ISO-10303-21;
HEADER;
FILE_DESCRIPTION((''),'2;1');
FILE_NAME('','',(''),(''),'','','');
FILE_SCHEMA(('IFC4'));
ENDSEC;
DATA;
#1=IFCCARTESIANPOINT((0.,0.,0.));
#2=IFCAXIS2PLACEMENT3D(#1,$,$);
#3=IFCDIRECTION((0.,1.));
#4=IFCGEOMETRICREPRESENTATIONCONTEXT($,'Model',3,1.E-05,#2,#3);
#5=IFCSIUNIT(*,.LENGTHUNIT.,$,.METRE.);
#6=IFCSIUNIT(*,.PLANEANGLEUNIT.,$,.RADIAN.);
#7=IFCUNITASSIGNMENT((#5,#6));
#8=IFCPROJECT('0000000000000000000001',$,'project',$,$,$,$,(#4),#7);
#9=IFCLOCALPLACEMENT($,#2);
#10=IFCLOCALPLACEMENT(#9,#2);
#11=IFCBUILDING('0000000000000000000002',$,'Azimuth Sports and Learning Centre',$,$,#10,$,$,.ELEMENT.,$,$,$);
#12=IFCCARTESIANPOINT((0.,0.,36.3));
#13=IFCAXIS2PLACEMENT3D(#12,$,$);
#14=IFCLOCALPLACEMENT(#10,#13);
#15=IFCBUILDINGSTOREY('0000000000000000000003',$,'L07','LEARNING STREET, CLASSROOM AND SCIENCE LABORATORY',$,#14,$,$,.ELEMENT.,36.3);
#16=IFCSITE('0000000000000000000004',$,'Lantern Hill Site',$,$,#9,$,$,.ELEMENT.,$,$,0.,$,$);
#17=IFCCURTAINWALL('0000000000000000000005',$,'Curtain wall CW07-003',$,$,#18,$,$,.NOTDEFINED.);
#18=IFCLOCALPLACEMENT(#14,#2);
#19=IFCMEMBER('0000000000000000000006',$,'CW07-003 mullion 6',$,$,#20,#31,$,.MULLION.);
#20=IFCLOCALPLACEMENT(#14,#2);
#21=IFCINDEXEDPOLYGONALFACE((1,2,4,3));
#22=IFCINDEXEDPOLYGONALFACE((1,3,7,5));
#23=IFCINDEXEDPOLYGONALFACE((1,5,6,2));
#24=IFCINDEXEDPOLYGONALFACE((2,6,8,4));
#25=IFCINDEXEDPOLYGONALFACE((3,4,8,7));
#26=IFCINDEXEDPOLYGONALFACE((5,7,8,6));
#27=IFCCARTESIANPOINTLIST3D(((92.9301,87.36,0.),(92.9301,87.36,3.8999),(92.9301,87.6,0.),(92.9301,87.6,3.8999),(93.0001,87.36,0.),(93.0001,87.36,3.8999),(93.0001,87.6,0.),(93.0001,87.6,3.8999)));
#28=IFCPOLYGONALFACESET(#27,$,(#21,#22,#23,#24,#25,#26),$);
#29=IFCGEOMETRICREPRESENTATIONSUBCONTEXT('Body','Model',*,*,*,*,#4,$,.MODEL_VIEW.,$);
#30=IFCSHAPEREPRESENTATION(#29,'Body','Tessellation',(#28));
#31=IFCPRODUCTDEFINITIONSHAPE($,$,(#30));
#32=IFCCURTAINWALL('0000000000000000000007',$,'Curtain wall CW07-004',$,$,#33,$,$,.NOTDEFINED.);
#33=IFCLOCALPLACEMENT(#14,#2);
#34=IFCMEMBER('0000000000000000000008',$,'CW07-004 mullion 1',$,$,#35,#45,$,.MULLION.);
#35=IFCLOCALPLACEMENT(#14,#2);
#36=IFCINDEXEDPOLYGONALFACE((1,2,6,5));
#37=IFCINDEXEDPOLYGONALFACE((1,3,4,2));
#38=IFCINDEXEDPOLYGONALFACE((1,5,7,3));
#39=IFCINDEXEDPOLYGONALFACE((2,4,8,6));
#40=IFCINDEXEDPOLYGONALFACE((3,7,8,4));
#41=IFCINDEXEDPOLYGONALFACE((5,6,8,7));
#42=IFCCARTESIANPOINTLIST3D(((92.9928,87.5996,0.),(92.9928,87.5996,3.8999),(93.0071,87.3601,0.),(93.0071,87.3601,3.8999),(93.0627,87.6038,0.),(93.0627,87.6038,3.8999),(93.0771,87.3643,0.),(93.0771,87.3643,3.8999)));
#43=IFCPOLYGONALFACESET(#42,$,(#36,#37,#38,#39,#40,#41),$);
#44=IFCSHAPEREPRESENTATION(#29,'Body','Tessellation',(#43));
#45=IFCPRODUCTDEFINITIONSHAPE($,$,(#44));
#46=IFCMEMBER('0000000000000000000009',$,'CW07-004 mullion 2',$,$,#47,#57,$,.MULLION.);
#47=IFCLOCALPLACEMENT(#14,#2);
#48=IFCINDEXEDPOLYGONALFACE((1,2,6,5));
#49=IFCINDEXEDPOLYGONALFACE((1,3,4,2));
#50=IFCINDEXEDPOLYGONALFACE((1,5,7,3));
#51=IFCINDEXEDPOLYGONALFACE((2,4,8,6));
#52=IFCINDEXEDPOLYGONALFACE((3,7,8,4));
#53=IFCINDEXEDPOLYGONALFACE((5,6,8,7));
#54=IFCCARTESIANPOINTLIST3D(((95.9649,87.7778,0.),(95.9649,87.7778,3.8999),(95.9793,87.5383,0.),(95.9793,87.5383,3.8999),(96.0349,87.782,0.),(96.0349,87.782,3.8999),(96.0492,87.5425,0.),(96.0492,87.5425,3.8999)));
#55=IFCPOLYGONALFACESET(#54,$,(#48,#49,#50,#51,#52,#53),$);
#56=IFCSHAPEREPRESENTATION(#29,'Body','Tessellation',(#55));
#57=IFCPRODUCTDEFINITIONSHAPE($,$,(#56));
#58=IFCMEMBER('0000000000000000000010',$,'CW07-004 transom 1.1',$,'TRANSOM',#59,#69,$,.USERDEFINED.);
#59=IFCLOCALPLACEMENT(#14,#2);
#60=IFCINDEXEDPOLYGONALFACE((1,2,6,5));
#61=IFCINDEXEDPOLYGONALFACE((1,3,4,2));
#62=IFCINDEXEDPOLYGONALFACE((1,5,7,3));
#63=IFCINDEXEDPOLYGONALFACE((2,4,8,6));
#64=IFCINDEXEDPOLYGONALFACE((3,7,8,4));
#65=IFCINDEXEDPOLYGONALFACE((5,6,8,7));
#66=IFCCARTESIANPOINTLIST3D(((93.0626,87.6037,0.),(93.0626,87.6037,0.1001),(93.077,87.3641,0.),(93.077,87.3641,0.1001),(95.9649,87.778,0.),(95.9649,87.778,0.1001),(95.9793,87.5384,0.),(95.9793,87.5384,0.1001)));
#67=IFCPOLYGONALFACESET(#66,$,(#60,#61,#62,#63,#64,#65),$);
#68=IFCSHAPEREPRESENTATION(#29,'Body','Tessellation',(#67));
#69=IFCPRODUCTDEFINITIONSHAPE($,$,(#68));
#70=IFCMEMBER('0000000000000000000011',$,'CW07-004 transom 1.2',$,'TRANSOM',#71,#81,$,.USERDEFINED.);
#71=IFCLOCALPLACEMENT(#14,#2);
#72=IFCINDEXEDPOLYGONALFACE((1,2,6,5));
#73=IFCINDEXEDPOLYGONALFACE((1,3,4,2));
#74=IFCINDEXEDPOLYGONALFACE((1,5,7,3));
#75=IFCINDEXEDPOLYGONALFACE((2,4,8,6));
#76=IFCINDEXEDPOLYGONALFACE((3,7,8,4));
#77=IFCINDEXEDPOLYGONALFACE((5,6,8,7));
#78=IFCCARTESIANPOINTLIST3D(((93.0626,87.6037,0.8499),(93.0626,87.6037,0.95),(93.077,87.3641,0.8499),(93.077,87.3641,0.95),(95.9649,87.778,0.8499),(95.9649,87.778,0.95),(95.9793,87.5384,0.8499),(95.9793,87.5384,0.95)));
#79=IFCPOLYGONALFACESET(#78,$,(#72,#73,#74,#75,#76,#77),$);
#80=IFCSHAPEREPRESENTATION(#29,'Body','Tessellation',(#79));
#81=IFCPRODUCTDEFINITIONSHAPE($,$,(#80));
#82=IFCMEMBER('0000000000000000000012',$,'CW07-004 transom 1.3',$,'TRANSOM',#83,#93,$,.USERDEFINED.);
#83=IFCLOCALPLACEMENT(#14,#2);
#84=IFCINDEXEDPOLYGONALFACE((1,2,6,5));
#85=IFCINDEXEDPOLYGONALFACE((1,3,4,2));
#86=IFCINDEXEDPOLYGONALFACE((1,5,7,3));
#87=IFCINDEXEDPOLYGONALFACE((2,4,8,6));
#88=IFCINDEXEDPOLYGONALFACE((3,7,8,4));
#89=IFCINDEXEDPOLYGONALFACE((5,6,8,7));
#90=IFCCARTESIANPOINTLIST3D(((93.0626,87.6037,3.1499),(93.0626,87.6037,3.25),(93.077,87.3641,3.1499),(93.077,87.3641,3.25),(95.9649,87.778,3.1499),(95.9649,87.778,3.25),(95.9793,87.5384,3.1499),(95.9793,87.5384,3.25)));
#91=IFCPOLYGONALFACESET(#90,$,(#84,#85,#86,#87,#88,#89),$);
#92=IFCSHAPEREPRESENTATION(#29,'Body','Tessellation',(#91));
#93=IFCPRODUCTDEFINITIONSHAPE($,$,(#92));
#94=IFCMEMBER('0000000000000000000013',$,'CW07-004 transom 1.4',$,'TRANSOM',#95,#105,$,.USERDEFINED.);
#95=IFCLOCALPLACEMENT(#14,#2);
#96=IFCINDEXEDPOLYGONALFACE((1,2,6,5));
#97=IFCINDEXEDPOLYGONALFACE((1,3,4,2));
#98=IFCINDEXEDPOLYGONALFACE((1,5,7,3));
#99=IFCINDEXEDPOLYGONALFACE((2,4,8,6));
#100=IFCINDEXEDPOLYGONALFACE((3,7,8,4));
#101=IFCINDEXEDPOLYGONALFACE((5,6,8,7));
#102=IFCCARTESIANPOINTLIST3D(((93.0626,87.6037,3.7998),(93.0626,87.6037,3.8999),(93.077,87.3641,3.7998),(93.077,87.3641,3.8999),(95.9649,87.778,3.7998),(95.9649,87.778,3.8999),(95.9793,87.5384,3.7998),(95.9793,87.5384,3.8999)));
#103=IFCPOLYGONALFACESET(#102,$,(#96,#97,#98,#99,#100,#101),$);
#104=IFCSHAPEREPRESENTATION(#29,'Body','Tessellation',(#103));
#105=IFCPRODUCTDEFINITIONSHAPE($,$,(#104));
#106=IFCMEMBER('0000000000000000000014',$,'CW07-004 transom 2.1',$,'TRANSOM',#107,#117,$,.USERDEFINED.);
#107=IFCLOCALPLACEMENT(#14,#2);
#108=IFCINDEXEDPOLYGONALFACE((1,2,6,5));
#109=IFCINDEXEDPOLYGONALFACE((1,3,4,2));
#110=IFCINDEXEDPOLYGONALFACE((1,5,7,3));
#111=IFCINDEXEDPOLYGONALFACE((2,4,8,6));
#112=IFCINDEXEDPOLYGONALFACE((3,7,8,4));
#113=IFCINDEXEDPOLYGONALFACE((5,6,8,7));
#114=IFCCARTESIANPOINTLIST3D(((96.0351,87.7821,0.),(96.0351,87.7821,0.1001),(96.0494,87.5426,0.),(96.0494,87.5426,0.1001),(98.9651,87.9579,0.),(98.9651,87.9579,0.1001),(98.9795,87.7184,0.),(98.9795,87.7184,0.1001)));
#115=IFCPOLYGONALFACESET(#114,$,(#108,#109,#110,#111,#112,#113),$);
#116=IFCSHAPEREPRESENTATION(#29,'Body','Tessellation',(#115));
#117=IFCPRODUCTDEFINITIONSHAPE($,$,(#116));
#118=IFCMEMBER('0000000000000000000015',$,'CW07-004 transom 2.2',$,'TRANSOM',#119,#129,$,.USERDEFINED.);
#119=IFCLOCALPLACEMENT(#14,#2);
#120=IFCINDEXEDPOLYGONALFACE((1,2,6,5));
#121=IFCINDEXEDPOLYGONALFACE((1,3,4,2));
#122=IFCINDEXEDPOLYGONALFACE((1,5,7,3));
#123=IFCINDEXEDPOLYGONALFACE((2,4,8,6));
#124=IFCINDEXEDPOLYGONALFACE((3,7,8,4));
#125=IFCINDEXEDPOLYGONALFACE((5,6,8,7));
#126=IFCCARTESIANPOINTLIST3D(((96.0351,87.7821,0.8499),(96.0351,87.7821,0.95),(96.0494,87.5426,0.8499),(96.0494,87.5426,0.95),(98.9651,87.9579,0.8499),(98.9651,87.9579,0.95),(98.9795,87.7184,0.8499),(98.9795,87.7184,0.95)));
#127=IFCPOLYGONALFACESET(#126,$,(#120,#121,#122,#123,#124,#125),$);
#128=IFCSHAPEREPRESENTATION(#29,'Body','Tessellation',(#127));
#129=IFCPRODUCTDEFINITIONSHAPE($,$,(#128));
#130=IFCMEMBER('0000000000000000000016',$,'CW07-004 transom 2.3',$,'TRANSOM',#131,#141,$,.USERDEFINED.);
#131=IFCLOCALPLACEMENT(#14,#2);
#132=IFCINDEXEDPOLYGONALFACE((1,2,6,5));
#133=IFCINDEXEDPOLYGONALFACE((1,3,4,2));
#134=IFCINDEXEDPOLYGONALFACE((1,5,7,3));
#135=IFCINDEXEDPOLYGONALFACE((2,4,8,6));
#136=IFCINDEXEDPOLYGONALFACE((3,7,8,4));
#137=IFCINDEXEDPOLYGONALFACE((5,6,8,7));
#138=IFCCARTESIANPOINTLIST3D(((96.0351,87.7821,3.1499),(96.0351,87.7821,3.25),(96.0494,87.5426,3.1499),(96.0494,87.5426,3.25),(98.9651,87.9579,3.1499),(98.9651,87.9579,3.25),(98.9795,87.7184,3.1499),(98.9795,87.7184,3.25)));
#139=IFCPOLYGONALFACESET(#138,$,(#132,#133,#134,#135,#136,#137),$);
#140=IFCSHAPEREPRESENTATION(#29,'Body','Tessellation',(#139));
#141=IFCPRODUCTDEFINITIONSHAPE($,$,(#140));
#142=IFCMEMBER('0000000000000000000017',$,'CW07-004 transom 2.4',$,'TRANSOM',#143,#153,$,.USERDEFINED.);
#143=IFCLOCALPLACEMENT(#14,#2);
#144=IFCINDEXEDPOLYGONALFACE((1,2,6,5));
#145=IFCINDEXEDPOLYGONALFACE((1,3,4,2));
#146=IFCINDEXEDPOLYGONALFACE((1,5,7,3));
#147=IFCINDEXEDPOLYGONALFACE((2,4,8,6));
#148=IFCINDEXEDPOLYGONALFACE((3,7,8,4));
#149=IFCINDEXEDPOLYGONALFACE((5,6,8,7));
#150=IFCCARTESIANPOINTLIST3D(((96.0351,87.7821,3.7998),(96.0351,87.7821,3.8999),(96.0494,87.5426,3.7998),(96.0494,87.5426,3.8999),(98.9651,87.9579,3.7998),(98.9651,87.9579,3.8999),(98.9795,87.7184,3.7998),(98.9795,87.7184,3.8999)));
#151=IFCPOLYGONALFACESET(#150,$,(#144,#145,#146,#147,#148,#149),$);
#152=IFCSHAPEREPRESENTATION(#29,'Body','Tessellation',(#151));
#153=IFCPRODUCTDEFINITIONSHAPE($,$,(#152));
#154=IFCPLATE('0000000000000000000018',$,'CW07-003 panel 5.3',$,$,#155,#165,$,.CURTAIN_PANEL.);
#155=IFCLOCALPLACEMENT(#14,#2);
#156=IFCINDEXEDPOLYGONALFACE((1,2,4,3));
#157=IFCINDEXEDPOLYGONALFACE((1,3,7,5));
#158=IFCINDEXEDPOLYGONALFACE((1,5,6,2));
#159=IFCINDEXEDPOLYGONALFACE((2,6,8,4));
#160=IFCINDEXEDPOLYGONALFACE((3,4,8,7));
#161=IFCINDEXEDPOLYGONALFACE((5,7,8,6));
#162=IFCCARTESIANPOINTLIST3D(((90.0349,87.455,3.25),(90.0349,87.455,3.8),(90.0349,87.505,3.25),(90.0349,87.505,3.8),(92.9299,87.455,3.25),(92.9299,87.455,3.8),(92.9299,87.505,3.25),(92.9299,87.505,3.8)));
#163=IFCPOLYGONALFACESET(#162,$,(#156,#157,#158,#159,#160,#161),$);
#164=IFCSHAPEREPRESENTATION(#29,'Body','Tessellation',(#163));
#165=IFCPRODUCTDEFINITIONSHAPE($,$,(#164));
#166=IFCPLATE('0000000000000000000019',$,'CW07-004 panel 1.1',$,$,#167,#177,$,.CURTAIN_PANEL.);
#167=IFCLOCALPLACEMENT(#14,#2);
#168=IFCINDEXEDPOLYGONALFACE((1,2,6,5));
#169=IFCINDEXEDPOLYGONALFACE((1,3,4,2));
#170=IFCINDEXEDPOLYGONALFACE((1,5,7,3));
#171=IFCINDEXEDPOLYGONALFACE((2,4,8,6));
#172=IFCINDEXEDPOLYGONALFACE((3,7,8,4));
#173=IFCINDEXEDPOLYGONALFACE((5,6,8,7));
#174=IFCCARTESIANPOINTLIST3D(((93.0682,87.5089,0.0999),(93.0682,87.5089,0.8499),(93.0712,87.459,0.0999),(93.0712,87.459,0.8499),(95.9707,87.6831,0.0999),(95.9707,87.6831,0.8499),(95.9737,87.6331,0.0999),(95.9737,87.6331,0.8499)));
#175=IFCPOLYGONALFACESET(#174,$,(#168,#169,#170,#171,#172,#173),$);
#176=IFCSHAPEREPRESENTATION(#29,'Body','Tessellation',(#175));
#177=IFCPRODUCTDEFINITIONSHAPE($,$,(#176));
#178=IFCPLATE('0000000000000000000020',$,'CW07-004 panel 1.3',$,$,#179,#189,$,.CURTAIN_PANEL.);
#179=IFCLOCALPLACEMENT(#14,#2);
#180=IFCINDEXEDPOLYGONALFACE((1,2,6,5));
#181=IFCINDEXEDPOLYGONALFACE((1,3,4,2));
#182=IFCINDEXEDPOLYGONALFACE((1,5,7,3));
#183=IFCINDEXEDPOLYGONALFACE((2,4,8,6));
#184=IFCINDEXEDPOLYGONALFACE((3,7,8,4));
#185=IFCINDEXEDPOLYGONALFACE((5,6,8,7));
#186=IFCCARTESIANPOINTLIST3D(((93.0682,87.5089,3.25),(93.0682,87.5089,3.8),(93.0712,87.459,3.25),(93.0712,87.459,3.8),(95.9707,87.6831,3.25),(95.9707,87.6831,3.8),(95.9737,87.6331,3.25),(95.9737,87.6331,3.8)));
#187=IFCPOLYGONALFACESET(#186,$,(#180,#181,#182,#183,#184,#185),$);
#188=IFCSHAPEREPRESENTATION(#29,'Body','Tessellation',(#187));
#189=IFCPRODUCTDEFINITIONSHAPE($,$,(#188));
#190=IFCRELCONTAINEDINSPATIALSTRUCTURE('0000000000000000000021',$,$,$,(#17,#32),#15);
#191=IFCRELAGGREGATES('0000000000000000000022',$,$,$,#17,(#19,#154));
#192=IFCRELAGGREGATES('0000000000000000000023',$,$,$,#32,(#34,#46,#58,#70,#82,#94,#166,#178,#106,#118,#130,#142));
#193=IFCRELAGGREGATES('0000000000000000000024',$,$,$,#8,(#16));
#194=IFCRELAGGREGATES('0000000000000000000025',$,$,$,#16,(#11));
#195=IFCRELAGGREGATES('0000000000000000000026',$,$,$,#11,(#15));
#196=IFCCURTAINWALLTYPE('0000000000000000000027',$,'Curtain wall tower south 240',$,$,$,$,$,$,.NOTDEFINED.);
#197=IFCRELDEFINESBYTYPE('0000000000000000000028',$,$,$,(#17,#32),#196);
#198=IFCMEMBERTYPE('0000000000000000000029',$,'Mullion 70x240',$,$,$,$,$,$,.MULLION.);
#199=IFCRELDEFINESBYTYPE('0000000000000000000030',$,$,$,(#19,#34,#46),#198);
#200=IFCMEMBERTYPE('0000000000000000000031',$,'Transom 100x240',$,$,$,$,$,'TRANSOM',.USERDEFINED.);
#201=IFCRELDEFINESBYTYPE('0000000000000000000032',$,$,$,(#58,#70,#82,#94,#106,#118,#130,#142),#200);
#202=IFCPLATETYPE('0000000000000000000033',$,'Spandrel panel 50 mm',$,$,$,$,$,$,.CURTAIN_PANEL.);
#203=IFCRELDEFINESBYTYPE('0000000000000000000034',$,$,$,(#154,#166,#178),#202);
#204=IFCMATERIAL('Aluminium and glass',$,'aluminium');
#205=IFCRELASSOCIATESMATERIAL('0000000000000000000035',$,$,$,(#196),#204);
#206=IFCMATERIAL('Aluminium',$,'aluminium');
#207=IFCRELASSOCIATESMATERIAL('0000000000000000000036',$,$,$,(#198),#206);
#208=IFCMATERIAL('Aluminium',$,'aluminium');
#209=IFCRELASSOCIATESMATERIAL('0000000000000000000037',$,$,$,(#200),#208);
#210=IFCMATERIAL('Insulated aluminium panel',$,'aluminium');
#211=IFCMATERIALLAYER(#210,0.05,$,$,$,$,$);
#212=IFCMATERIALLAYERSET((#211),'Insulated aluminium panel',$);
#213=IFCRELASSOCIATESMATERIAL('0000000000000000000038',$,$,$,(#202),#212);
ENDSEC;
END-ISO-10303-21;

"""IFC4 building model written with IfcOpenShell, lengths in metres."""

from ifc_helpers import new_model, si_unit, direction, frame, origin, origin_2d, place, context, subcontext, project, spatial, rectangle, extrude, material, layer, layer_set, material_profile, profile_set, type_object, element, aggregate, save


model = new_model("IFC4")

# Units and contexts
model_context = context("Model", 3, precision=1e-05, world=origin(), true_north=direction((0.0, 1.0)))
body_context = subcontext(model_context, "Body", "Model", "MODEL_VIEW")
ifc_project = project(units=[si_unit("LENGTHUNIT", "METRE"), si_unit("PLANEANGLEUNIT", "RADIAN")], contexts=[model_context])

# Site, building, storey
site_placement = place(None, origin())
site = spatial("IfcSite", under=ifc_project, at=site_placement, Name="Lantern Hill Site", CompositionType="ELEMENT", RefElevation=0.0)
building_placement = place(site_placement, origin())
building = spatial("IfcBuilding", under=site, at=building_placement, Name="Azimuth Sports and Learning Centre", CompositionType="ELEMENT")
storey_placement = place(building_placement, frame((0.0, 0.0, 36.3)))
storey = spatial("IfcBuildingStorey", under=building, at=storey_placement, Name="L07", Description="LEARNING STREET, CLASSROOM AND SCIENCE LABORATORY", CompositionType="ELEMENT", Elevation=36.3)

# Curtain wall, member
ifc_material_1 = material(Name="Aluminium and glass", Category="aluminium")
curtain_wall_type = type_object("IfcCurtainWallType", Name="Curtain wall tower south 240", PredefinedType="NOTDEFINED", material=ifc_material_1)
curtain_wall_1_placement = place(storey_placement, origin())
curtain_wall_1 = element("IfcCurtainWall", 1, at=curtain_wall_1_placement, inside=storey, type_object=curtain_wall_type, Name="Curtain wall CW07-003", PredefinedType="NOTDEFINED")
ifc_material_2 = material(Name="Aluminium", Category="aluminium")
ifc_material_profile_1 = material_profile(ifc_material_2, rectangle(XDim=0.24, YDim=0.0701, at=origin_2d()), Name="Mullion 70x240")
ifc_profile_set_1 = profile_set([ifc_material_profile_1], Name="Aluminium")
member_type_1 = type_object("IfcMemberType", Name="Mullion 70x240", PredefinedType="MULLION", material=ifc_profile_set_1)
member_1_placement = place(storey_placement, frame((92.9651, 87.48, 0.0), z_axis=(0.0, 0.0, 1.0), x_axis=(0.0, 1.0, 0.0)))
member_1 = element("IfcMember", 2, at=member_1_placement, type_object=member_type_1, Name="CW07-003 mullion 6", PredefinedType="MULLION", context=body_context, shape_type="SweptSolid", body=[
    extrude(rectangle(XDim=0.24, YDim=0.0701, at=origin_2d()), origin(), (0.0, 0.0, 1.0), 3.8999),
])

# Curtain wall, members
curtain_wall_2_placement = place(storey_placement, origin())
curtain_wall_2 = element("IfcCurtainWall", 3, at=curtain_wall_2_placement, inside=storey, type_object=curtain_wall_type, Name="Curtain wall CW07-004", PredefinedType="NOTDEFINED")
member_2_placement = place(storey_placement, frame((93.0349, 87.4819, 0.0), z_axis=(0.0, 0.0, 1.0), x_axis=(-0.059892, 0.998205, 0.0)))
member_2 = element("IfcMember", 4, at=member_2_placement, type_object=member_type_1, Name="CW07-004 mullion 1", PredefinedType="MULLION", context=body_context, shape_type="SweptSolid", body=[
    extrude(rectangle(XDim=0.24, YDim=0.0701, at=origin_2d()), origin(), (0.0, 0.0, 1.0), 3.8999),
])
member_3_placement = place(storey_placement, frame((96.0071, 87.6602, 0.0), z_axis=(0.0, 0.0, 1.0), x_axis=(-0.059892, 0.998205, 0.0)))
member_3 = element("IfcMember", 5, at=member_3_placement, type_object=member_type_1, Name="CW07-004 mullion 2", PredefinedType="MULLION", context=body_context, shape_type="SweptSolid", body=[
    extrude(rectangle(XDim=0.24, YDim=0.0701, at=origin_2d()), origin(), (0.0, 0.0, 1.0), 3.8999),
])
ifc_material_3 = material(Name="Aluminium", Category="aluminium")
ifc_material_profile_2 = material_profile(ifc_material_3, rectangle(XDim=0.24, YDim=0.1001, at=origin_2d()), Name="Transom 100x240")
ifc_profile_set_2 = profile_set([ifc_material_profile_2], Name="Aluminium")
member_type_2 = type_object("IfcMemberType", Name="Transom 100x240", ElementType="TRANSOM", PredefinedType="USERDEFINED", material=ifc_profile_set_2)
member_4_placement = place(storey_placement, frame((93.0698, 87.4839, 0.05), z_axis=(0.998201, 0.059953, 0.0), x_axis=(-0.059953, 0.998201, 0.0)))
member_4 = element("IfcMember", 6, at=member_4_placement, type_object=member_type_2, Name="CW07-004 transom 1.1", ObjectType="TRANSOM", PredefinedType="USERDEFINED", context=body_context, shape_type="SweptSolid", body=[
    extrude(rectangle(XDim=0.24, YDim=0.1001, at=origin_2d()), origin(), (0.0, 0.0, 1.0), 2.9075),
])
member_5_placement = place(storey_placement, frame((93.0698, 87.4839, 0.8999), z_axis=(0.998201, 0.059953, 0.0), x_axis=(-0.059953, 0.998201, 0.0)))
member_5 = element("IfcMember", 7, at=member_5_placement, type_object=member_type_2, Name="CW07-004 transom 1.2", ObjectType="TRANSOM", PredefinedType="USERDEFINED", context=body_context, shape_type="SweptSolid", body=[
    extrude(rectangle(XDim=0.24, YDim=0.1001, at=origin_2d()), origin(), (0.0, 0.0, 1.0), 2.9075),
])
member_6_placement = place(storey_placement, frame((93.0698, 87.4839, 3.2), z_axis=(0.998201, 0.059953, 0.0), x_axis=(-0.059953, 0.998201, 0.0)))
member_6 = element("IfcMember", 8, at=member_6_placement, type_object=member_type_2, Name="CW07-004 transom 1.3", ObjectType="TRANSOM", PredefinedType="USERDEFINED", context=body_context, shape_type="SweptSolid", body=[
    extrude(rectangle(XDim=0.24, YDim=0.1001, at=origin_2d()), origin(), (0.0, 0.0, 1.0), 2.9075),
])
member_7_placement = place(storey_placement, frame((93.0698, 87.4839, 3.8499), z_axis=(0.998201, 0.059953, 0.0), x_axis=(-0.059953, 0.998201, 0.0)))
member_7 = element("IfcMember", 9, at=member_7_placement, type_object=member_type_2, Name="CW07-004 transom 1.4", ObjectType="TRANSOM", PredefinedType="USERDEFINED", context=body_context, shape_type="SweptSolid", body=[
    extrude(rectangle(XDim=0.24, YDim=0.1001, at=origin_2d()), origin(), (0.0, 0.0, 1.0), 2.9075),
])
member_8_placement = place(storey_placement, frame((96.0422, 87.6624, 0.05), z_axis=(0.998205, 0.059887, 0.0), x_axis=(-0.059887, 0.998205, 0.0)))
member_8 = element("IfcMember", 10, at=member_8_placement, type_object=member_type_2, Name="CW07-004 transom 2.1", ObjectType="TRANSOM", PredefinedType="USERDEFINED", context=body_context, shape_type="SweptSolid", body=[
    extrude(rectangle(XDim=0.24, YDim=0.1001, at=origin_2d()), origin(), (0.0, 0.0, 1.0), 2.9353),
])
member_9_placement = place(storey_placement, frame((96.0422, 87.6624, 0.8999), z_axis=(0.998205, 0.059887, 0.0), x_axis=(-0.059887, 0.998205, 0.0)))
member_9 = element("IfcMember", 11, at=member_9_placement, type_object=member_type_2, Name="CW07-004 transom 2.2", ObjectType="TRANSOM", PredefinedType="USERDEFINED", context=body_context, shape_type="SweptSolid", body=[
    extrude(rectangle(XDim=0.24, YDim=0.1001, at=origin_2d()), origin(), (0.0, 0.0, 1.0), 2.9353),
])
member_10_placement = place(storey_placement, frame((96.0422, 87.6624, 3.2), z_axis=(0.998205, 0.059887, 0.0), x_axis=(-0.059887, 0.998205, 0.0)))
member_10 = element("IfcMember", 12, at=member_10_placement, type_object=member_type_2, Name="CW07-004 transom 2.3", ObjectType="TRANSOM", PredefinedType="USERDEFINED", context=body_context, shape_type="SweptSolid", body=[
    extrude(rectangle(XDim=0.24, YDim=0.1001, at=origin_2d()), origin(), (0.0, 0.0, 1.0), 2.9353),
])
member_11_placement = place(storey_placement, frame((96.0422, 87.6624, 3.8499), z_axis=(0.998205, 0.059887, 0.0), x_axis=(-0.059887, 0.998205, 0.0)))
member_11 = element("IfcMember", 13, at=member_11_placement, type_object=member_type_2, Name="CW07-004 transom 2.4", ObjectType="TRANSOM", PredefinedType="USERDEFINED", context=body_context, shape_type="SweptSolid", body=[
    extrude(rectangle(XDim=0.24, YDim=0.1001, at=origin_2d()), origin(), (0.0, 0.0, 1.0), 2.9353),
])

# Plates
ifc_material_4 = material(Name="Insulated aluminium panel", Category="aluminium")
ifc_layer_1 = layer(ifc_material_4, 0.05)
ifc_layer_set_1 = layer_set([ifc_layer_1], Name="Insulated aluminium panel")
plate_type_1 = type_object("IfcPlateType", Name="Spandrel panel 50 mm", PredefinedType="CURTAIN_PANEL", material=ifc_layer_set_1)
plate_1_placement = place(storey_placement, frame((91.4824, 87.48, 3.25), z_axis=(0.0, 0.0, 1.0), x_axis=(1.0, 0.0, 0.0)))
plate_1 = element("IfcPlate", 14, at=plate_1_placement, type_object=plate_type_1, Name="CW07-003 panel 5.3", PredefinedType="CURTAIN_PANEL", context=body_context, shape_type="SweptSolid", body=[
    extrude(rectangle(XDim=2.895, YDim=0.05, at=origin_2d()), origin(), (0.0, 0.0, 1.0), 0.55),
])
plate_2_placement = place(storey_placement, frame((94.521, 87.571, 0.0999), z_axis=(0.0, 0.0, 1.0), x_axis=(0.998205, 0.059892, 0.0)))
plate_2 = element("IfcPlate", 15, at=plate_2_placement, type_object=plate_type_1, Name="CW07-004 panel 1.1", PredefinedType="CURTAIN_PANEL", context=body_context, shape_type="SweptSolid", body=[
    extrude(rectangle(XDim=2.9077, YDim=0.05, at=origin_2d()), origin(), (0.0, 0.0, 1.0), 0.75),
])
plate_3_placement = place(storey_placement, frame((94.521, 87.571, 3.25), z_axis=(0.0, 0.0, 1.0), x_axis=(0.998205, 0.059892, 0.0)))
plate_3 = element("IfcPlate", 16, at=plate_3_placement, type_object=plate_type_1, Name="CW07-004 panel 1.3", PredefinedType="CURTAIN_PANEL", context=body_context, shape_type="SweptSolid", body=[
    extrude(rectangle(XDim=2.9077, YDim=0.05, at=origin_2d()), origin(), (0.0, 0.0, 1.0), 0.55),
])
aggregate(curtain_wall_1, [member_1, plate_1])
aggregate(curtain_wall_2, [member_2, member_3, member_4, member_5, member_6, member_7, plate_2, plate_3, member_8, member_9, member_10, member_11])

save(model, "model.ifc")
